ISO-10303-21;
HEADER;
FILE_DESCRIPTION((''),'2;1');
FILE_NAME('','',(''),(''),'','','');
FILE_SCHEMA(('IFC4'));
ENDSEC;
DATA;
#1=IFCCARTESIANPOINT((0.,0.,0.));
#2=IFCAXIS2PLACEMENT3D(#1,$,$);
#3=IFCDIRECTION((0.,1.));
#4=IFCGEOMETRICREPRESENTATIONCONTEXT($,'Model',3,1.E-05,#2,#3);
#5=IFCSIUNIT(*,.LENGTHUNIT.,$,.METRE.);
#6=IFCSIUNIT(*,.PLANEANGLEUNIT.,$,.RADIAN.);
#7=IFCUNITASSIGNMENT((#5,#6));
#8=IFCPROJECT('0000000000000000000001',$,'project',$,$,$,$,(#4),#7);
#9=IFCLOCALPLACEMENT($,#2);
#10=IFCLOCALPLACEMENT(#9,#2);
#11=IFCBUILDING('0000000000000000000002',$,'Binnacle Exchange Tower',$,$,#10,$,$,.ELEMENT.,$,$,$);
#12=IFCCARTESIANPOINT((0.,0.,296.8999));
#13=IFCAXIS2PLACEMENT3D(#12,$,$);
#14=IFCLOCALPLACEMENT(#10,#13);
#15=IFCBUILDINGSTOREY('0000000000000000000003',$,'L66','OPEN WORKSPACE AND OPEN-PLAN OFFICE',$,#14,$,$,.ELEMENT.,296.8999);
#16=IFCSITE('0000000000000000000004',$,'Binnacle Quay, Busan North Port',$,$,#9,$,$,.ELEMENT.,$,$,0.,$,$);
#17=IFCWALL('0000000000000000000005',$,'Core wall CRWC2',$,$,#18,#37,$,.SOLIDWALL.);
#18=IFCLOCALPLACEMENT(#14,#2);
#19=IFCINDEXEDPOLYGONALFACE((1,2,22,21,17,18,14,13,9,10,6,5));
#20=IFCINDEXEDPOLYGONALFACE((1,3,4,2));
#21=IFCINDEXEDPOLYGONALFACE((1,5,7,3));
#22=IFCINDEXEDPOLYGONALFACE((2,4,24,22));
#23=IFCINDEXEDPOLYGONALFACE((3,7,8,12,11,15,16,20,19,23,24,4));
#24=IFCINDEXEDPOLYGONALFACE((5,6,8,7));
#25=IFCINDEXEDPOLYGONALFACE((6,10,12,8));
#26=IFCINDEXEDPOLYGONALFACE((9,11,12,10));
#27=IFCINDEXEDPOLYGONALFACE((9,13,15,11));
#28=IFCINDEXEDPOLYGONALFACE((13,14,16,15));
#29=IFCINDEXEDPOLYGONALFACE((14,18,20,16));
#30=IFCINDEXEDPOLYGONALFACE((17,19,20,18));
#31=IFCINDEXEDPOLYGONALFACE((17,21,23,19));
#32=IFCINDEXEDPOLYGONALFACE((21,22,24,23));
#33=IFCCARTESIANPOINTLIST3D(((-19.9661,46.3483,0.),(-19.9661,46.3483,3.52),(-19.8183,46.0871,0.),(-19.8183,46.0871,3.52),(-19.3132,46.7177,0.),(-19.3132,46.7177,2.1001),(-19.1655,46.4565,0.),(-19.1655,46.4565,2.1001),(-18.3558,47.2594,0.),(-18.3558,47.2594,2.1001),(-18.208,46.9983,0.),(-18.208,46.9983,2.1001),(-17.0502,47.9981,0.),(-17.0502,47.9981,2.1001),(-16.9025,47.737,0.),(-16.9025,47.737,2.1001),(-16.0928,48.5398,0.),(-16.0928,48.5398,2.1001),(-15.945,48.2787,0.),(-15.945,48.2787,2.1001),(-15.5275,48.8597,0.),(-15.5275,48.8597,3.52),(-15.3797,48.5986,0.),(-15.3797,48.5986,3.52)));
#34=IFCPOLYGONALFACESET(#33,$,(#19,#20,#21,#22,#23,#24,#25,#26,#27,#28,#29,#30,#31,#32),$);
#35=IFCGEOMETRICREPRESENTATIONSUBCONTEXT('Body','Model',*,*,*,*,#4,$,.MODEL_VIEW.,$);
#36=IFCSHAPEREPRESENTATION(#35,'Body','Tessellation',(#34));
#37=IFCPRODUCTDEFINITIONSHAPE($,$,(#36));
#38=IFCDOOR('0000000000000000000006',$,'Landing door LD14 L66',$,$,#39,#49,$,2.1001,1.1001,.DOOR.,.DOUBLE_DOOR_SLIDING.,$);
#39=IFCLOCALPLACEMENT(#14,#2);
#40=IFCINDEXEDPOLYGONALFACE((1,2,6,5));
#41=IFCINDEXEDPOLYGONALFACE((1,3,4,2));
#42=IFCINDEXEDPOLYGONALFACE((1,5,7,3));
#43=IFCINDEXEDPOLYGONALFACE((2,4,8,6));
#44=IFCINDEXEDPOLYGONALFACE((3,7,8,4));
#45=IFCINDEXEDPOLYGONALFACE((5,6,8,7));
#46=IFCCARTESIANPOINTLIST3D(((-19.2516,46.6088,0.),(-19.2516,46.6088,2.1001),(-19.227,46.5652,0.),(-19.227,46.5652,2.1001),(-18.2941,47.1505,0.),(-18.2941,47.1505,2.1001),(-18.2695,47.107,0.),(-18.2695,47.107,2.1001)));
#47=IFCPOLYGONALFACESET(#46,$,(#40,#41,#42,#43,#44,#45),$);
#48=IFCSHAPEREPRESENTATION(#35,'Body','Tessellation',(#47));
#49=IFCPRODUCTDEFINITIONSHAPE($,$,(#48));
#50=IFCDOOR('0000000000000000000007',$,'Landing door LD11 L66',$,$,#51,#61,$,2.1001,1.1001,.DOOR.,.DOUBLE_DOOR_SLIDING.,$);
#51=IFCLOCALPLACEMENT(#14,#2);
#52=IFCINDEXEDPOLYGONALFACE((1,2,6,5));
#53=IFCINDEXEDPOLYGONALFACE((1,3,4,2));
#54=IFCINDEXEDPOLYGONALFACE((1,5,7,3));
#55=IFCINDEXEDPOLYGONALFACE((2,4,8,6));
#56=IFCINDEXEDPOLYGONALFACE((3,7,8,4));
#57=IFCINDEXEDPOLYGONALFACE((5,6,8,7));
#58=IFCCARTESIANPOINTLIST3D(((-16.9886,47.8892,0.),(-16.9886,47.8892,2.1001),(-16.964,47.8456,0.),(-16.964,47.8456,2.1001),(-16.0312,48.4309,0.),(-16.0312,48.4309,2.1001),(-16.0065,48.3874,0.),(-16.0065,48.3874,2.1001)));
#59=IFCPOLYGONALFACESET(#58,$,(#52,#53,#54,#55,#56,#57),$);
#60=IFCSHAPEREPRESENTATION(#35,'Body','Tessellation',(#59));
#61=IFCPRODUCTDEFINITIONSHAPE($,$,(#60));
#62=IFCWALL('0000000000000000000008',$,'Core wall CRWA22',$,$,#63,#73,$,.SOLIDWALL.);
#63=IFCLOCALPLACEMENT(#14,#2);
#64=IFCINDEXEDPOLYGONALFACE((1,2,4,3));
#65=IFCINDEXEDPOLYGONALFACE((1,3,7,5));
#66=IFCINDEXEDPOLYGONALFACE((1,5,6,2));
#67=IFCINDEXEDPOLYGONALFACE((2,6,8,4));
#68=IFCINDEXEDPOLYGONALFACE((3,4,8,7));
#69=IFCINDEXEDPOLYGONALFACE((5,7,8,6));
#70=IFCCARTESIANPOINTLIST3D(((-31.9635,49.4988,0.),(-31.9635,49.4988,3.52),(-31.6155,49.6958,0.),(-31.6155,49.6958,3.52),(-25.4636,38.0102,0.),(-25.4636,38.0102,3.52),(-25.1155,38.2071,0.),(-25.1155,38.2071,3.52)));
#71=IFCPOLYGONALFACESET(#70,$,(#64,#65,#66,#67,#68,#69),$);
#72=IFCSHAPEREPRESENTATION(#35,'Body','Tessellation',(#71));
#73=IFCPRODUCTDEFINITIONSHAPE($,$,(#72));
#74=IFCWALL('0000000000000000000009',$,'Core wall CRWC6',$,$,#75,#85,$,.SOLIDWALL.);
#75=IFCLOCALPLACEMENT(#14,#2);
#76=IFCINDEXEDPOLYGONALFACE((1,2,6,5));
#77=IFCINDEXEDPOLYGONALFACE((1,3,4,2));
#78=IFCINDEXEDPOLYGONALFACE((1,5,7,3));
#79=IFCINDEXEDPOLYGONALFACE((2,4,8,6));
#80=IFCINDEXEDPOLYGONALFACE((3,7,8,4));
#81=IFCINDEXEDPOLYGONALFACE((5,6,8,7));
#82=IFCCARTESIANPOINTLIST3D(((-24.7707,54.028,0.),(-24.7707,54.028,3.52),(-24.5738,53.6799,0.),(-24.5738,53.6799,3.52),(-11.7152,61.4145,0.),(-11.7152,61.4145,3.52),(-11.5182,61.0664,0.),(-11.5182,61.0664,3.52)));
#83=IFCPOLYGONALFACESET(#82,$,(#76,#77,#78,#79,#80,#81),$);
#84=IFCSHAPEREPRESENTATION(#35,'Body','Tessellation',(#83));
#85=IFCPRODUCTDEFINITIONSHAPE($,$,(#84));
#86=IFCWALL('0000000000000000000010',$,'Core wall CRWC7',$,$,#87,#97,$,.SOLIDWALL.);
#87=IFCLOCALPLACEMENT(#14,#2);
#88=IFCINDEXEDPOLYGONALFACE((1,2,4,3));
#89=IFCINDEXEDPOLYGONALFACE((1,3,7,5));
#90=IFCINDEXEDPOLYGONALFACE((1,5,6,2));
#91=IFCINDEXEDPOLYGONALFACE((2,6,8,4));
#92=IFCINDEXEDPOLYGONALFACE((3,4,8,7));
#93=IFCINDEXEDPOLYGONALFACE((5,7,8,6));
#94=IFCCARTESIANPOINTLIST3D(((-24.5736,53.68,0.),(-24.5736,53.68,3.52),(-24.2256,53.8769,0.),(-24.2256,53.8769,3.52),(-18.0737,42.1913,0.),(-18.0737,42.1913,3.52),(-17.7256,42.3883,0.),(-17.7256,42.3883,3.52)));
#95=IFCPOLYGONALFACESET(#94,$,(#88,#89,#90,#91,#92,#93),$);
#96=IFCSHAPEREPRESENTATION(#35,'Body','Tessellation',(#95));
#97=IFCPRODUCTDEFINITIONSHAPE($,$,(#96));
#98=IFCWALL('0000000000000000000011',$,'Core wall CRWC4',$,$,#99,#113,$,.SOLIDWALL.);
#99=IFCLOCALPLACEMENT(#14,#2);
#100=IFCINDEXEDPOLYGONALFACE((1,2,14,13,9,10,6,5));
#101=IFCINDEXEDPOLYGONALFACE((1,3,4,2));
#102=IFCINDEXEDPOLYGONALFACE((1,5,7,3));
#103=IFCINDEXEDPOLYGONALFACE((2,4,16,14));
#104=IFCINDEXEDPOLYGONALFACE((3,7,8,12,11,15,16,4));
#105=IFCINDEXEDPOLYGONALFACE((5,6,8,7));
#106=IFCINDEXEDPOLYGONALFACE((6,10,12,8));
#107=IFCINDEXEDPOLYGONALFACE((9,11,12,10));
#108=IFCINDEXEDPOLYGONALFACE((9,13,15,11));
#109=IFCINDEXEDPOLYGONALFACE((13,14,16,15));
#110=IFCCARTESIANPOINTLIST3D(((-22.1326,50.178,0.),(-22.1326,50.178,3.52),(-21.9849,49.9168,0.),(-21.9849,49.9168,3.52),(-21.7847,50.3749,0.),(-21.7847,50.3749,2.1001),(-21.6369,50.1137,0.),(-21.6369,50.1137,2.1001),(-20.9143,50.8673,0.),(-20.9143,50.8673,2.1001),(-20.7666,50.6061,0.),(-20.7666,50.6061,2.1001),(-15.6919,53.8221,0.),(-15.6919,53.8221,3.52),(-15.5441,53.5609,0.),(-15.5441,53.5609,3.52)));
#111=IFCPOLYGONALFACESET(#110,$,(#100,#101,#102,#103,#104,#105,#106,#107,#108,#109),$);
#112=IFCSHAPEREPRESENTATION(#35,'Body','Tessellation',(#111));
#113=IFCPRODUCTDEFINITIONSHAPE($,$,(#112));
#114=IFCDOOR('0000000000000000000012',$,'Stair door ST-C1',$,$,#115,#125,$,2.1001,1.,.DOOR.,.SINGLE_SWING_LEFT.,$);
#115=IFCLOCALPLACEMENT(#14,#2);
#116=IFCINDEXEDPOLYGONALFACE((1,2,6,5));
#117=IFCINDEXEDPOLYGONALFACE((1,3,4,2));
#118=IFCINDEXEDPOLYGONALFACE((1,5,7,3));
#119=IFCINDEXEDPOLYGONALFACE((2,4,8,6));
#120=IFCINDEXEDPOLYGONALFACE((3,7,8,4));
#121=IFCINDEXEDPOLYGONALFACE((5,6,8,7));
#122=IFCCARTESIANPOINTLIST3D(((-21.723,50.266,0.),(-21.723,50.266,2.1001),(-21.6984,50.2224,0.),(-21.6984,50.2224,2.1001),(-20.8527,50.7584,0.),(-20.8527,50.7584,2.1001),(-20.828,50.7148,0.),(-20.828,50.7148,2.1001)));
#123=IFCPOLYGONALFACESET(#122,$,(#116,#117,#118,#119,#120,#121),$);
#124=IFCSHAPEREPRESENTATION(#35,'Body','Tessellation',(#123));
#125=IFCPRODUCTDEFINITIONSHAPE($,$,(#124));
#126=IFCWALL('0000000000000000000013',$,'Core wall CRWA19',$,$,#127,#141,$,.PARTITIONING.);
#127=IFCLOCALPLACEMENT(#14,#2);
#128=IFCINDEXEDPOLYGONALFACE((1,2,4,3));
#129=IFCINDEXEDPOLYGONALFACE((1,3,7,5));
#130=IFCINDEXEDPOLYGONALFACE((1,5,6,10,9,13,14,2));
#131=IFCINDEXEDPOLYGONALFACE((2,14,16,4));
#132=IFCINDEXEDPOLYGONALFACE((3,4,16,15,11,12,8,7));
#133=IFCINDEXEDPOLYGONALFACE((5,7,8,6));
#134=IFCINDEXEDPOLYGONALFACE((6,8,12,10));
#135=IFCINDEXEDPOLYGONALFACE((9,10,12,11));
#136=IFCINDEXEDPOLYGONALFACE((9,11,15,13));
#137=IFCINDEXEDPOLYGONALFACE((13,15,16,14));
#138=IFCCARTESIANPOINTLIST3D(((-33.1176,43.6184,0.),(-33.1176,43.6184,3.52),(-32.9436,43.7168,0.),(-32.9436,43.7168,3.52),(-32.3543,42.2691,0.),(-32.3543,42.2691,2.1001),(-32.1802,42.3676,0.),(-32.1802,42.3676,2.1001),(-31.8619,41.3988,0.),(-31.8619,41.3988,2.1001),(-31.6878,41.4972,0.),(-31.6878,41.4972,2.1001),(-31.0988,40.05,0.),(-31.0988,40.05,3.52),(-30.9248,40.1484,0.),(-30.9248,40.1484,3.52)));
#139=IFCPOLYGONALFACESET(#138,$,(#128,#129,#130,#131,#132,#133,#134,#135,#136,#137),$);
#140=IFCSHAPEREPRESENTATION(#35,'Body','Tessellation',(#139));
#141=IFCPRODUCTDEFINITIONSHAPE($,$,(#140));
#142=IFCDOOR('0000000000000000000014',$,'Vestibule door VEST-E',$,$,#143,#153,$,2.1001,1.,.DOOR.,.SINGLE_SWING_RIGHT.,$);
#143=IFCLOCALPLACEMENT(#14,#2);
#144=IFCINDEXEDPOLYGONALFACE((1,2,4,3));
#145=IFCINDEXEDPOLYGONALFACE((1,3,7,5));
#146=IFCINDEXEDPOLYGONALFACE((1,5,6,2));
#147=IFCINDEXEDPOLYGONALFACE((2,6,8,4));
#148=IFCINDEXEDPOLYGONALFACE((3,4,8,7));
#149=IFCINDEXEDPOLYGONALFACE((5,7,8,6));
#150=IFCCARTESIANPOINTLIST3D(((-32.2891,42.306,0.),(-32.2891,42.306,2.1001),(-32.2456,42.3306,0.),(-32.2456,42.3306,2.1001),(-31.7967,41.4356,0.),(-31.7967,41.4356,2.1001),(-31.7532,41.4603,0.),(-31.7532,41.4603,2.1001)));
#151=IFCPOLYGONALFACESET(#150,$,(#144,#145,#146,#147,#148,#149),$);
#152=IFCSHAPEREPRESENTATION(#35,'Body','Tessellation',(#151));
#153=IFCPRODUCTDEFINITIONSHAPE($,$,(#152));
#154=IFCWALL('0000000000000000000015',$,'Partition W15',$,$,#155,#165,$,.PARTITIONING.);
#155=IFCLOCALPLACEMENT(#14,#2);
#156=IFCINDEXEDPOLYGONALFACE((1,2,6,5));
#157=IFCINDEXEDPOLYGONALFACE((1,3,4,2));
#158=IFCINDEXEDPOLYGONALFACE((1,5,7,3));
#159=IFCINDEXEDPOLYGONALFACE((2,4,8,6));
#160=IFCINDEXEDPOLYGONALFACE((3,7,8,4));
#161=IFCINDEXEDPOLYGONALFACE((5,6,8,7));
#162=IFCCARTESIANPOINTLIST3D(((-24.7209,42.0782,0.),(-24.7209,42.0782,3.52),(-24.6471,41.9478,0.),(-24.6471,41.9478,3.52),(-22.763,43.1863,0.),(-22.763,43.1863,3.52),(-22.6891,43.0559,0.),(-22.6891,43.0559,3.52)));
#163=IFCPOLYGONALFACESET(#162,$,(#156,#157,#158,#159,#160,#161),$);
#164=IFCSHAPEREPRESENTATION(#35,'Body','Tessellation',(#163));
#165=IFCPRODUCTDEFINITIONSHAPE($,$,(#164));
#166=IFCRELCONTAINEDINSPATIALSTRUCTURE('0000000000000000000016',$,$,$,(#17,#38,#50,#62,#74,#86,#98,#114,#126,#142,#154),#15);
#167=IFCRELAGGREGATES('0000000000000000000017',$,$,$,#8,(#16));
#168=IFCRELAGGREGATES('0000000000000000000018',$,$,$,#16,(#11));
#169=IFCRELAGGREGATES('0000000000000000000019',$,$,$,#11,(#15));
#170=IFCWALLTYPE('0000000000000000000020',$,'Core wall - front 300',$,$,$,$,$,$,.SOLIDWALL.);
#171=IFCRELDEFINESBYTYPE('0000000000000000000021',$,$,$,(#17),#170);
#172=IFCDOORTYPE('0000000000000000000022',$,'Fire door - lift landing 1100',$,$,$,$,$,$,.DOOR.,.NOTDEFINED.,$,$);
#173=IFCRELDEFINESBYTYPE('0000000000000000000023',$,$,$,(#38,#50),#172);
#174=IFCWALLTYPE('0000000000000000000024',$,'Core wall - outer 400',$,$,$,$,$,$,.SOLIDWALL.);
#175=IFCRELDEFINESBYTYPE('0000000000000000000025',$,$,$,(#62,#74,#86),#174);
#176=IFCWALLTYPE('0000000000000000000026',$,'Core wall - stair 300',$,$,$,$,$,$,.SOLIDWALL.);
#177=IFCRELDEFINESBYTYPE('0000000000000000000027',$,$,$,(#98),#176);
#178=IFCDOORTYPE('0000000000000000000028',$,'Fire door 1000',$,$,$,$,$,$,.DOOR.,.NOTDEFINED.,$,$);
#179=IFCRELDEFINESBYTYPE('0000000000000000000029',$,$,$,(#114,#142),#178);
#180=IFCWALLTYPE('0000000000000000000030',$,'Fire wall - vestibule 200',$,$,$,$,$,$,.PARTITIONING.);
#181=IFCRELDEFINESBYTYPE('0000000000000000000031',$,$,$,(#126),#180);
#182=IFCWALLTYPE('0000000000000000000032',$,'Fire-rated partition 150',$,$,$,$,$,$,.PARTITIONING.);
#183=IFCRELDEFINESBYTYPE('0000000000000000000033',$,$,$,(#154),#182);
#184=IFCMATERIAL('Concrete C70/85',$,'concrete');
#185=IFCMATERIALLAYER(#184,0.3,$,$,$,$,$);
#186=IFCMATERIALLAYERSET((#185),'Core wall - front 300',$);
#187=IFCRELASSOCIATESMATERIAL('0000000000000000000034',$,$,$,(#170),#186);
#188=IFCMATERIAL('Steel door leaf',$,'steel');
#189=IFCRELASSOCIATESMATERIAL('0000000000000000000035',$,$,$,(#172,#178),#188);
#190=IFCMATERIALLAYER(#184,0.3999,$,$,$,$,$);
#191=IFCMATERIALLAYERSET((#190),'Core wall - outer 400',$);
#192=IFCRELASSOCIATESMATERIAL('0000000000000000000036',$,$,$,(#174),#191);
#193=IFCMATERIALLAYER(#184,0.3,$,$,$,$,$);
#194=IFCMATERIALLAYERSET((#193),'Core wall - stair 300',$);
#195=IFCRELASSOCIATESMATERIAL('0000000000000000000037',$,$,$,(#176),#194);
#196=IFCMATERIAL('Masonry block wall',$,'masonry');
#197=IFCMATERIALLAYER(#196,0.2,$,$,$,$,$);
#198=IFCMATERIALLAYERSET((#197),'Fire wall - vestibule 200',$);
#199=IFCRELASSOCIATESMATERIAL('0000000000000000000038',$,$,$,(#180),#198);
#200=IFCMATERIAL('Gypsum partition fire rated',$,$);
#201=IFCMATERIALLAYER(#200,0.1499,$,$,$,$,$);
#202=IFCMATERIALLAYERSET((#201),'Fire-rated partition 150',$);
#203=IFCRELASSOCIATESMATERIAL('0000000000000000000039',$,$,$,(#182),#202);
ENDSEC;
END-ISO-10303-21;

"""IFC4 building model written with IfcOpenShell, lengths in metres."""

from ifc_helpers import new_model, si_unit, direction, frame, frame_2d, origin, place, context, subcontext, project, spatial, rectangle, extrude, material, layer, layer_set, type_object, element, fill, save


model = new_model("IFC4")

# Units and contexts
model_context = context("Model", 3, precision=1e-05, world=origin(), true_north=direction((0.0, 1.0)))
body_context = subcontext(model_context, "Body", "Model", "MODEL_VIEW")
ifc_project = project(units=[si_unit("LENGTHUNIT", "METRE"), si_unit("PLANEANGLEUNIT", "RADIAN")], contexts=[model_context])

# Site, building, storey
site_placement = place(None, origin())
site = spatial("IfcSite", under=ifc_project, at=site_placement, Name="Binnacle Quay, Busan North Port", CompositionType="ELEMENT", RefElevation=0.0)
building_placement = place(site_placement, origin())
building = spatial("IfcBuilding", under=site, at=building_placement, Name="Binnacle Exchange Tower", CompositionType="ELEMENT")
storey_placement = place(building_placement, frame((0.0, 0.0, 296.8999)))
storey = spatial("IfcBuildingStorey", under=building, at=storey_placement, Name="L66", Description="OPEN WORKSPACE AND OPEN-PLAN OFFICE", CompositionType="ELEMENT", Elevation=296.8999)

# Wall, openings, doors
ifc_material_1 = material(Name="Concrete C70/85", Category="concrete")
ifc_layer_1 = layer(ifc_material_1, 0.3)
ifc_layer_set_1 = layer_set([ifc_layer_1], Name="Core wall - front 300")
wall_type_1 = type_object("IfcWallType", Name="Core wall - front 300", PredefinedType="SOLIDWALL", material=ifc_layer_set_1)
wall_1_placement = place(storey_placement, frame((-19.8921, 46.2178, 0.0), z_axis=(0.0, 0.0, 1.0), x_axis=(0.870342, 0.492448, 0.0)))
wall_1 = element("IfcWall", 1, at=wall_1_placement, inside=storey, type_object=wall_type_1, Name="Core wall CRWC2", PredefinedType="SOLIDWALL", context=body_context, shape_type="SweptSolid", body=[
    extrude(rectangle(XDim=5.0999, YDim=0.3, at=frame_2d((2.5498, 0.0))), origin(), (0.0, 0.0, 1.0), 3.52),
])
opening_1_placement = place(wall_1_placement, frame((0.75, 0.0, 0.0)))
opening_1 = element("IfcOpeningElement", 2, at=opening_1_placement, cuts=wall_1, PredefinedType="OPENING", context=body_context, shape_type="SweptSolid", body=[
    extrude(rectangle(XDim=1.1001, YDim=2.1001, at=frame_2d((0.55, 1.05))), frame((0.0, 0.1599, 0.0), z_axis=(0.0, -1.0, 0.0), x_axis=(1.0, 0.0, 0.0)), (0.0, 0.0, 1.0), 0.3201),
])
opening_2_placement = place(wall_1_placement, frame((3.3501, 0.0, 0.0)))
opening_2 = element("IfcOpeningElement", 3, at=opening_2_placement, cuts=wall_1, PredefinedType="OPENING", context=body_context, shape_type="SweptSolid", body=[
    extrude(rectangle(XDim=1.1001, YDim=2.1001, at=frame_2d((0.55, 1.05))), frame((0.0, 0.1599, 0.0), z_axis=(0.0, -1.0, 0.0), x_axis=(1.0, 0.0, 0.0)), (0.0, 0.0, 1.0), 0.3201),
])
ifc_material_2 = material(Name="Steel door leaf", Category="steel")
door_type_1 = type_object("IfcDoorType", Name="Fire door - lift landing 1100", OperationType="NOTDEFINED", PredefinedType="DOOR", material=ifc_material_2)
door_1_placement = place(opening_1_placement, origin())
door_1 = element("IfcDoor", 4, at=door_1_placement, inside=storey, type_object=door_type_1, Name="Landing door LD14 L66", OperationType="DOUBLE_DOOR_SLIDING", OverallHeight=2.1001, OverallWidth=1.1001, PredefinedType="DOOR", context=body_context, shape_type="SweptSolid", body=[
    extrude(rectangle(XDim=1.1001, YDim=2.1001, at=frame_2d((0.55, 1.05))), frame((0.0, 0.0249, 0.0), z_axis=(0.0, -1.0, 0.0), x_axis=(1.0, 0.0, 0.0)), (0.0, 0.0, 1.0), 0.05),
])
fill(opening_1, door_1)
door_2_placement = place(opening_2_placement, origin())
door_2 = element("IfcDoor", 5, at=door_2_placement, inside=storey, type_object=door_type_1, Name="Landing door LD11 L66", OperationType="DOUBLE_DOOR_SLIDING", OverallHeight=2.1001, OverallWidth=1.1001, PredefinedType="DOOR", context=body_context, shape_type="SweptSolid", body=[
    extrude(rectangle(XDim=1.1001, YDim=2.1001, at=frame_2d((0.55, 1.05))), frame((0.0, 0.0249, 0.0), z_axis=(0.0, -1.0, 0.0), x_axis=(1.0, 0.0, 0.0)), (0.0, 0.0, 1.0), 0.05),
])
fill(opening_2, door_2)

# Walls
ifc_layer_2 = layer(ifc_material_1, 0.3999)
ifc_layer_set_2 = layer_set([ifc_layer_2], Name="Core wall - outer 400")
wall_type_2 = type_object("IfcWallType", Name="Core wall - outer 400", PredefinedType="SOLIDWALL", material=ifc_layer_set_2)
wall_2_placement = place(storey_placement, frame((-31.7896, 49.5974, 0.0), z_axis=(0.0, 0.0, 1.0), x_axis=(0.492422, -0.870357, 0.0)))
element("IfcWall", 6, at=wall_2_placement, inside=storey, type_object=wall_type_2, Name="Core wall CRWA22", PredefinedType="SOLIDWALL", context=body_context, shape_type="SweptSolid", body=[
    extrude(rectangle(XDim=13.2, YDim=0.3999, at=frame_2d((6.6001, 0.0))), origin(), (0.0, 0.0, 1.0), 3.52),
])
wall_3_placement = place(storey_placement, frame((-24.6721, 53.854, 0.0), z_axis=(0.0, 0.0, 1.0), x_axis=(0.870354, 0.492427, 0.0)))
element("IfcWall", 7, at=wall_3_placement, inside=storey, type_object=wall_type_2, Name="Core wall CRWC6", PredefinedType="SOLIDWALL", context=body_context, shape_type="SweptSolid", body=[
    extrude(rectangle(XDim=15.0002, YDim=0.3999, at=frame_2d((7.5, 0.0))), origin(), (0.0, 0.0, 1.0), 3.52),
])
wall_4_placement = place(storey_placement, frame((-24.3997, 53.7786, 0.0), z_axis=(0.0, 0.0, 1.0), x_axis=(0.492422, -0.870357, 0.0)))
element("IfcWall", 8, at=wall_4_placement, inside=storey, type_object=wall_type_2, Name="Core wall CRWC7", PredefinedType="SOLIDWALL", context=body_context, shape_type="SweptSolid", body=[
    extrude(rectangle(XDim=13.2, YDim=0.3999, at=frame_2d((6.6001, 0.0))), origin(), (0.0, 0.0, 1.0), 3.52),
])

# Walls, openings, doors
ifc_layer_3 = layer(ifc_material_1, 0.3)
ifc_layer_set_3 = layer_set([ifc_layer_3], Name="Core wall - stair 300")
wall_type_3 = type_object("IfcWallType", Name="Core wall - stair 300", PredefinedType="SOLIDWALL", material=ifc_layer_set_3)
wall_5_placement = place(storey_placement, frame((-22.0588, 50.0474, 0.0), z_axis=(0.0, 0.0, 1.0), x_axis=(0.870351, 0.492432, 0.0)))
wall_5 = element("IfcWall", 9, at=wall_5_placement, inside=storey, type_object=wall_type_3, Name="Core wall CRWC4", PredefinedType="SOLIDWALL", context=body_context, shape_type="SweptSolid", body=[
    extrude(rectangle(XDim=7.4001, YDim=0.3, at=frame_2d((3.7002, 0.0))), origin(), (0.0, 0.0, 1.0), 3.52),
])
opening_3_placement = place(wall_5_placement, frame((0.3999, 0.0, 0.0)))
opening_3 = element("IfcOpeningElement", 10, at=opening_3_placement, cuts=wall_5, PredefinedType="OPENING", context=body_context, shape_type="SweptSolid", body=[
    extrude(rectangle(XDim=1.0, YDim=2.1001, at=frame_2d((0.5, 1.05))), frame((0.0, 0.1599, 0.0), z_axis=(0.0, -1.0, 0.0), x_axis=(1.0, 0.0, 0.0)), (0.0, 0.0, 1.0), 0.3201),
])
door_type_2 = type_object("IfcDoorType", Name="Fire door 1000", OperationType="NOTDEFINED", PredefinedType="DOOR", material=ifc_material_2)
door_3_placement = place(opening_3_placement, origin())
door_3 = element("IfcDoor", 11, at=door_3_placement, inside=storey, type_object=door_type_2, Name="Stair door ST-C1", OperationType="SINGLE_SWING_LEFT", OverallHeight=2.1001, OverallWidth=1.0, PredefinedType="DOOR", context=body_context, shape_type="SweptSolid", body=[
    extrude(rectangle(XDim=1.0, YDim=2.1001, at=frame_2d((0.5, 1.05))), frame((0.0, 0.0249, 0.0), z_axis=(0.0, -1.0, 0.0), x_axis=(1.0, 0.0, 0.0)), (0.0, 0.0, 1.0), 0.05),
])
fill(opening_3, door_3)
ifc_material_3 = material(Name="Masonry block wall", Category="masonry")
ifc_layer_4 = layer(ifc_material_3, 0.2)
ifc_layer_set_4 = layer_set([ifc_layer_4], Name="Fire wall - vestibule 200")
wall_type_4 = type_object("IfcWallType", Name="Fire wall - vestibule 200", PredefinedType="PARTITIONING", material=ifc_layer_set_4)
wall_6_placement = place(storey_placement, frame((-33.0305, 43.6675, 0.0), z_axis=(0.0, 0.0, 1.0), x_axis=(0.492408, -0.870364, 0.0)))
wall_6 = element("IfcWall", 12, at=wall_6_placement, inside=storey, type_object=wall_type_4, Name="Core wall CRWA19", PredefinedType="PARTITIONING", context=body_context, shape_type="SweptSolid", body=[
    extrude(rectangle(XDim=4.0999, YDim=0.2, at=frame_2d((2.0498, 0.0))), origin(), (0.0, 0.0, 1.0), 3.52),
])
opening_4_placement = place(wall_6_placement, frame((1.55, 0.0, 0.0)))
opening_4 = element("IfcOpeningElement", 13, at=opening_4_placement, cuts=wall_6, PredefinedType="OPENING", context=body_context, shape_type="SweptSolid", body=[
    extrude(rectangle(XDim=1.0, YDim=2.1001, at=frame_2d((0.5, 1.05))), frame((0.0, 0.1099, 0.0), z_axis=(0.0, -1.0, 0.0), x_axis=(1.0, 0.0, 0.0)), (0.0, 0.0, 1.0), 0.22),
])
door_4_placement = place(opening_4_placement, origin())
door_4 = element("IfcDoor", 14, at=door_4_placement, inside=storey, type_object=door_type_2, Name="Vestibule door VEST-E", OperationType="SINGLE_SWING_RIGHT", OverallHeight=2.1001, OverallWidth=1.0, PredefinedType="DOOR", context=body_context, shape_type="SweptSolid", body=[
    extrude(rectangle(XDim=1.0, YDim=2.1001, at=frame_2d((0.5, 1.05))), frame((0.0, 0.0249, 0.0), z_axis=(0.0, -1.0, 0.0), x_axis=(1.0, 0.0, 0.0)), (0.0, 0.0, 1.0), 0.05),
])
fill(opening_4, door_4)

# Wall
ifc_material_4 = material(Name="Gypsum partition fire rated")
ifc_layer_5 = layer(ifc_material_4, 0.1499)
ifc_layer_set_5 = layer_set([ifc_layer_5], Name="Fire-rated partition 150")
wall_type_5 = type_object("IfcWallType", Name="Fire-rated partition 150", PredefinedType="PARTITIONING", material=ifc_layer_set_5)
wall_7_placement = place(storey_placement, frame((-24.6841, 42.0129, 0.0), z_axis=(0.0, 0.0, 1.0), x_axis=(0.870286, 0.492547, 0.0)))
element("IfcWall", 15, at=wall_7_placement, inside=storey, type_object=wall_type_5, Name="Partition W15", PredefinedType="PARTITIONING", context=body_context, shape_type="SweptSolid", body=[
    extrude(rectangle(XDim=2.2498, YDim=0.1499, at=frame_2d((1.125, 0.0))), origin(), (0.0, 0.0, 1.0), 3.52),
])

save(model, "model.ifc")
